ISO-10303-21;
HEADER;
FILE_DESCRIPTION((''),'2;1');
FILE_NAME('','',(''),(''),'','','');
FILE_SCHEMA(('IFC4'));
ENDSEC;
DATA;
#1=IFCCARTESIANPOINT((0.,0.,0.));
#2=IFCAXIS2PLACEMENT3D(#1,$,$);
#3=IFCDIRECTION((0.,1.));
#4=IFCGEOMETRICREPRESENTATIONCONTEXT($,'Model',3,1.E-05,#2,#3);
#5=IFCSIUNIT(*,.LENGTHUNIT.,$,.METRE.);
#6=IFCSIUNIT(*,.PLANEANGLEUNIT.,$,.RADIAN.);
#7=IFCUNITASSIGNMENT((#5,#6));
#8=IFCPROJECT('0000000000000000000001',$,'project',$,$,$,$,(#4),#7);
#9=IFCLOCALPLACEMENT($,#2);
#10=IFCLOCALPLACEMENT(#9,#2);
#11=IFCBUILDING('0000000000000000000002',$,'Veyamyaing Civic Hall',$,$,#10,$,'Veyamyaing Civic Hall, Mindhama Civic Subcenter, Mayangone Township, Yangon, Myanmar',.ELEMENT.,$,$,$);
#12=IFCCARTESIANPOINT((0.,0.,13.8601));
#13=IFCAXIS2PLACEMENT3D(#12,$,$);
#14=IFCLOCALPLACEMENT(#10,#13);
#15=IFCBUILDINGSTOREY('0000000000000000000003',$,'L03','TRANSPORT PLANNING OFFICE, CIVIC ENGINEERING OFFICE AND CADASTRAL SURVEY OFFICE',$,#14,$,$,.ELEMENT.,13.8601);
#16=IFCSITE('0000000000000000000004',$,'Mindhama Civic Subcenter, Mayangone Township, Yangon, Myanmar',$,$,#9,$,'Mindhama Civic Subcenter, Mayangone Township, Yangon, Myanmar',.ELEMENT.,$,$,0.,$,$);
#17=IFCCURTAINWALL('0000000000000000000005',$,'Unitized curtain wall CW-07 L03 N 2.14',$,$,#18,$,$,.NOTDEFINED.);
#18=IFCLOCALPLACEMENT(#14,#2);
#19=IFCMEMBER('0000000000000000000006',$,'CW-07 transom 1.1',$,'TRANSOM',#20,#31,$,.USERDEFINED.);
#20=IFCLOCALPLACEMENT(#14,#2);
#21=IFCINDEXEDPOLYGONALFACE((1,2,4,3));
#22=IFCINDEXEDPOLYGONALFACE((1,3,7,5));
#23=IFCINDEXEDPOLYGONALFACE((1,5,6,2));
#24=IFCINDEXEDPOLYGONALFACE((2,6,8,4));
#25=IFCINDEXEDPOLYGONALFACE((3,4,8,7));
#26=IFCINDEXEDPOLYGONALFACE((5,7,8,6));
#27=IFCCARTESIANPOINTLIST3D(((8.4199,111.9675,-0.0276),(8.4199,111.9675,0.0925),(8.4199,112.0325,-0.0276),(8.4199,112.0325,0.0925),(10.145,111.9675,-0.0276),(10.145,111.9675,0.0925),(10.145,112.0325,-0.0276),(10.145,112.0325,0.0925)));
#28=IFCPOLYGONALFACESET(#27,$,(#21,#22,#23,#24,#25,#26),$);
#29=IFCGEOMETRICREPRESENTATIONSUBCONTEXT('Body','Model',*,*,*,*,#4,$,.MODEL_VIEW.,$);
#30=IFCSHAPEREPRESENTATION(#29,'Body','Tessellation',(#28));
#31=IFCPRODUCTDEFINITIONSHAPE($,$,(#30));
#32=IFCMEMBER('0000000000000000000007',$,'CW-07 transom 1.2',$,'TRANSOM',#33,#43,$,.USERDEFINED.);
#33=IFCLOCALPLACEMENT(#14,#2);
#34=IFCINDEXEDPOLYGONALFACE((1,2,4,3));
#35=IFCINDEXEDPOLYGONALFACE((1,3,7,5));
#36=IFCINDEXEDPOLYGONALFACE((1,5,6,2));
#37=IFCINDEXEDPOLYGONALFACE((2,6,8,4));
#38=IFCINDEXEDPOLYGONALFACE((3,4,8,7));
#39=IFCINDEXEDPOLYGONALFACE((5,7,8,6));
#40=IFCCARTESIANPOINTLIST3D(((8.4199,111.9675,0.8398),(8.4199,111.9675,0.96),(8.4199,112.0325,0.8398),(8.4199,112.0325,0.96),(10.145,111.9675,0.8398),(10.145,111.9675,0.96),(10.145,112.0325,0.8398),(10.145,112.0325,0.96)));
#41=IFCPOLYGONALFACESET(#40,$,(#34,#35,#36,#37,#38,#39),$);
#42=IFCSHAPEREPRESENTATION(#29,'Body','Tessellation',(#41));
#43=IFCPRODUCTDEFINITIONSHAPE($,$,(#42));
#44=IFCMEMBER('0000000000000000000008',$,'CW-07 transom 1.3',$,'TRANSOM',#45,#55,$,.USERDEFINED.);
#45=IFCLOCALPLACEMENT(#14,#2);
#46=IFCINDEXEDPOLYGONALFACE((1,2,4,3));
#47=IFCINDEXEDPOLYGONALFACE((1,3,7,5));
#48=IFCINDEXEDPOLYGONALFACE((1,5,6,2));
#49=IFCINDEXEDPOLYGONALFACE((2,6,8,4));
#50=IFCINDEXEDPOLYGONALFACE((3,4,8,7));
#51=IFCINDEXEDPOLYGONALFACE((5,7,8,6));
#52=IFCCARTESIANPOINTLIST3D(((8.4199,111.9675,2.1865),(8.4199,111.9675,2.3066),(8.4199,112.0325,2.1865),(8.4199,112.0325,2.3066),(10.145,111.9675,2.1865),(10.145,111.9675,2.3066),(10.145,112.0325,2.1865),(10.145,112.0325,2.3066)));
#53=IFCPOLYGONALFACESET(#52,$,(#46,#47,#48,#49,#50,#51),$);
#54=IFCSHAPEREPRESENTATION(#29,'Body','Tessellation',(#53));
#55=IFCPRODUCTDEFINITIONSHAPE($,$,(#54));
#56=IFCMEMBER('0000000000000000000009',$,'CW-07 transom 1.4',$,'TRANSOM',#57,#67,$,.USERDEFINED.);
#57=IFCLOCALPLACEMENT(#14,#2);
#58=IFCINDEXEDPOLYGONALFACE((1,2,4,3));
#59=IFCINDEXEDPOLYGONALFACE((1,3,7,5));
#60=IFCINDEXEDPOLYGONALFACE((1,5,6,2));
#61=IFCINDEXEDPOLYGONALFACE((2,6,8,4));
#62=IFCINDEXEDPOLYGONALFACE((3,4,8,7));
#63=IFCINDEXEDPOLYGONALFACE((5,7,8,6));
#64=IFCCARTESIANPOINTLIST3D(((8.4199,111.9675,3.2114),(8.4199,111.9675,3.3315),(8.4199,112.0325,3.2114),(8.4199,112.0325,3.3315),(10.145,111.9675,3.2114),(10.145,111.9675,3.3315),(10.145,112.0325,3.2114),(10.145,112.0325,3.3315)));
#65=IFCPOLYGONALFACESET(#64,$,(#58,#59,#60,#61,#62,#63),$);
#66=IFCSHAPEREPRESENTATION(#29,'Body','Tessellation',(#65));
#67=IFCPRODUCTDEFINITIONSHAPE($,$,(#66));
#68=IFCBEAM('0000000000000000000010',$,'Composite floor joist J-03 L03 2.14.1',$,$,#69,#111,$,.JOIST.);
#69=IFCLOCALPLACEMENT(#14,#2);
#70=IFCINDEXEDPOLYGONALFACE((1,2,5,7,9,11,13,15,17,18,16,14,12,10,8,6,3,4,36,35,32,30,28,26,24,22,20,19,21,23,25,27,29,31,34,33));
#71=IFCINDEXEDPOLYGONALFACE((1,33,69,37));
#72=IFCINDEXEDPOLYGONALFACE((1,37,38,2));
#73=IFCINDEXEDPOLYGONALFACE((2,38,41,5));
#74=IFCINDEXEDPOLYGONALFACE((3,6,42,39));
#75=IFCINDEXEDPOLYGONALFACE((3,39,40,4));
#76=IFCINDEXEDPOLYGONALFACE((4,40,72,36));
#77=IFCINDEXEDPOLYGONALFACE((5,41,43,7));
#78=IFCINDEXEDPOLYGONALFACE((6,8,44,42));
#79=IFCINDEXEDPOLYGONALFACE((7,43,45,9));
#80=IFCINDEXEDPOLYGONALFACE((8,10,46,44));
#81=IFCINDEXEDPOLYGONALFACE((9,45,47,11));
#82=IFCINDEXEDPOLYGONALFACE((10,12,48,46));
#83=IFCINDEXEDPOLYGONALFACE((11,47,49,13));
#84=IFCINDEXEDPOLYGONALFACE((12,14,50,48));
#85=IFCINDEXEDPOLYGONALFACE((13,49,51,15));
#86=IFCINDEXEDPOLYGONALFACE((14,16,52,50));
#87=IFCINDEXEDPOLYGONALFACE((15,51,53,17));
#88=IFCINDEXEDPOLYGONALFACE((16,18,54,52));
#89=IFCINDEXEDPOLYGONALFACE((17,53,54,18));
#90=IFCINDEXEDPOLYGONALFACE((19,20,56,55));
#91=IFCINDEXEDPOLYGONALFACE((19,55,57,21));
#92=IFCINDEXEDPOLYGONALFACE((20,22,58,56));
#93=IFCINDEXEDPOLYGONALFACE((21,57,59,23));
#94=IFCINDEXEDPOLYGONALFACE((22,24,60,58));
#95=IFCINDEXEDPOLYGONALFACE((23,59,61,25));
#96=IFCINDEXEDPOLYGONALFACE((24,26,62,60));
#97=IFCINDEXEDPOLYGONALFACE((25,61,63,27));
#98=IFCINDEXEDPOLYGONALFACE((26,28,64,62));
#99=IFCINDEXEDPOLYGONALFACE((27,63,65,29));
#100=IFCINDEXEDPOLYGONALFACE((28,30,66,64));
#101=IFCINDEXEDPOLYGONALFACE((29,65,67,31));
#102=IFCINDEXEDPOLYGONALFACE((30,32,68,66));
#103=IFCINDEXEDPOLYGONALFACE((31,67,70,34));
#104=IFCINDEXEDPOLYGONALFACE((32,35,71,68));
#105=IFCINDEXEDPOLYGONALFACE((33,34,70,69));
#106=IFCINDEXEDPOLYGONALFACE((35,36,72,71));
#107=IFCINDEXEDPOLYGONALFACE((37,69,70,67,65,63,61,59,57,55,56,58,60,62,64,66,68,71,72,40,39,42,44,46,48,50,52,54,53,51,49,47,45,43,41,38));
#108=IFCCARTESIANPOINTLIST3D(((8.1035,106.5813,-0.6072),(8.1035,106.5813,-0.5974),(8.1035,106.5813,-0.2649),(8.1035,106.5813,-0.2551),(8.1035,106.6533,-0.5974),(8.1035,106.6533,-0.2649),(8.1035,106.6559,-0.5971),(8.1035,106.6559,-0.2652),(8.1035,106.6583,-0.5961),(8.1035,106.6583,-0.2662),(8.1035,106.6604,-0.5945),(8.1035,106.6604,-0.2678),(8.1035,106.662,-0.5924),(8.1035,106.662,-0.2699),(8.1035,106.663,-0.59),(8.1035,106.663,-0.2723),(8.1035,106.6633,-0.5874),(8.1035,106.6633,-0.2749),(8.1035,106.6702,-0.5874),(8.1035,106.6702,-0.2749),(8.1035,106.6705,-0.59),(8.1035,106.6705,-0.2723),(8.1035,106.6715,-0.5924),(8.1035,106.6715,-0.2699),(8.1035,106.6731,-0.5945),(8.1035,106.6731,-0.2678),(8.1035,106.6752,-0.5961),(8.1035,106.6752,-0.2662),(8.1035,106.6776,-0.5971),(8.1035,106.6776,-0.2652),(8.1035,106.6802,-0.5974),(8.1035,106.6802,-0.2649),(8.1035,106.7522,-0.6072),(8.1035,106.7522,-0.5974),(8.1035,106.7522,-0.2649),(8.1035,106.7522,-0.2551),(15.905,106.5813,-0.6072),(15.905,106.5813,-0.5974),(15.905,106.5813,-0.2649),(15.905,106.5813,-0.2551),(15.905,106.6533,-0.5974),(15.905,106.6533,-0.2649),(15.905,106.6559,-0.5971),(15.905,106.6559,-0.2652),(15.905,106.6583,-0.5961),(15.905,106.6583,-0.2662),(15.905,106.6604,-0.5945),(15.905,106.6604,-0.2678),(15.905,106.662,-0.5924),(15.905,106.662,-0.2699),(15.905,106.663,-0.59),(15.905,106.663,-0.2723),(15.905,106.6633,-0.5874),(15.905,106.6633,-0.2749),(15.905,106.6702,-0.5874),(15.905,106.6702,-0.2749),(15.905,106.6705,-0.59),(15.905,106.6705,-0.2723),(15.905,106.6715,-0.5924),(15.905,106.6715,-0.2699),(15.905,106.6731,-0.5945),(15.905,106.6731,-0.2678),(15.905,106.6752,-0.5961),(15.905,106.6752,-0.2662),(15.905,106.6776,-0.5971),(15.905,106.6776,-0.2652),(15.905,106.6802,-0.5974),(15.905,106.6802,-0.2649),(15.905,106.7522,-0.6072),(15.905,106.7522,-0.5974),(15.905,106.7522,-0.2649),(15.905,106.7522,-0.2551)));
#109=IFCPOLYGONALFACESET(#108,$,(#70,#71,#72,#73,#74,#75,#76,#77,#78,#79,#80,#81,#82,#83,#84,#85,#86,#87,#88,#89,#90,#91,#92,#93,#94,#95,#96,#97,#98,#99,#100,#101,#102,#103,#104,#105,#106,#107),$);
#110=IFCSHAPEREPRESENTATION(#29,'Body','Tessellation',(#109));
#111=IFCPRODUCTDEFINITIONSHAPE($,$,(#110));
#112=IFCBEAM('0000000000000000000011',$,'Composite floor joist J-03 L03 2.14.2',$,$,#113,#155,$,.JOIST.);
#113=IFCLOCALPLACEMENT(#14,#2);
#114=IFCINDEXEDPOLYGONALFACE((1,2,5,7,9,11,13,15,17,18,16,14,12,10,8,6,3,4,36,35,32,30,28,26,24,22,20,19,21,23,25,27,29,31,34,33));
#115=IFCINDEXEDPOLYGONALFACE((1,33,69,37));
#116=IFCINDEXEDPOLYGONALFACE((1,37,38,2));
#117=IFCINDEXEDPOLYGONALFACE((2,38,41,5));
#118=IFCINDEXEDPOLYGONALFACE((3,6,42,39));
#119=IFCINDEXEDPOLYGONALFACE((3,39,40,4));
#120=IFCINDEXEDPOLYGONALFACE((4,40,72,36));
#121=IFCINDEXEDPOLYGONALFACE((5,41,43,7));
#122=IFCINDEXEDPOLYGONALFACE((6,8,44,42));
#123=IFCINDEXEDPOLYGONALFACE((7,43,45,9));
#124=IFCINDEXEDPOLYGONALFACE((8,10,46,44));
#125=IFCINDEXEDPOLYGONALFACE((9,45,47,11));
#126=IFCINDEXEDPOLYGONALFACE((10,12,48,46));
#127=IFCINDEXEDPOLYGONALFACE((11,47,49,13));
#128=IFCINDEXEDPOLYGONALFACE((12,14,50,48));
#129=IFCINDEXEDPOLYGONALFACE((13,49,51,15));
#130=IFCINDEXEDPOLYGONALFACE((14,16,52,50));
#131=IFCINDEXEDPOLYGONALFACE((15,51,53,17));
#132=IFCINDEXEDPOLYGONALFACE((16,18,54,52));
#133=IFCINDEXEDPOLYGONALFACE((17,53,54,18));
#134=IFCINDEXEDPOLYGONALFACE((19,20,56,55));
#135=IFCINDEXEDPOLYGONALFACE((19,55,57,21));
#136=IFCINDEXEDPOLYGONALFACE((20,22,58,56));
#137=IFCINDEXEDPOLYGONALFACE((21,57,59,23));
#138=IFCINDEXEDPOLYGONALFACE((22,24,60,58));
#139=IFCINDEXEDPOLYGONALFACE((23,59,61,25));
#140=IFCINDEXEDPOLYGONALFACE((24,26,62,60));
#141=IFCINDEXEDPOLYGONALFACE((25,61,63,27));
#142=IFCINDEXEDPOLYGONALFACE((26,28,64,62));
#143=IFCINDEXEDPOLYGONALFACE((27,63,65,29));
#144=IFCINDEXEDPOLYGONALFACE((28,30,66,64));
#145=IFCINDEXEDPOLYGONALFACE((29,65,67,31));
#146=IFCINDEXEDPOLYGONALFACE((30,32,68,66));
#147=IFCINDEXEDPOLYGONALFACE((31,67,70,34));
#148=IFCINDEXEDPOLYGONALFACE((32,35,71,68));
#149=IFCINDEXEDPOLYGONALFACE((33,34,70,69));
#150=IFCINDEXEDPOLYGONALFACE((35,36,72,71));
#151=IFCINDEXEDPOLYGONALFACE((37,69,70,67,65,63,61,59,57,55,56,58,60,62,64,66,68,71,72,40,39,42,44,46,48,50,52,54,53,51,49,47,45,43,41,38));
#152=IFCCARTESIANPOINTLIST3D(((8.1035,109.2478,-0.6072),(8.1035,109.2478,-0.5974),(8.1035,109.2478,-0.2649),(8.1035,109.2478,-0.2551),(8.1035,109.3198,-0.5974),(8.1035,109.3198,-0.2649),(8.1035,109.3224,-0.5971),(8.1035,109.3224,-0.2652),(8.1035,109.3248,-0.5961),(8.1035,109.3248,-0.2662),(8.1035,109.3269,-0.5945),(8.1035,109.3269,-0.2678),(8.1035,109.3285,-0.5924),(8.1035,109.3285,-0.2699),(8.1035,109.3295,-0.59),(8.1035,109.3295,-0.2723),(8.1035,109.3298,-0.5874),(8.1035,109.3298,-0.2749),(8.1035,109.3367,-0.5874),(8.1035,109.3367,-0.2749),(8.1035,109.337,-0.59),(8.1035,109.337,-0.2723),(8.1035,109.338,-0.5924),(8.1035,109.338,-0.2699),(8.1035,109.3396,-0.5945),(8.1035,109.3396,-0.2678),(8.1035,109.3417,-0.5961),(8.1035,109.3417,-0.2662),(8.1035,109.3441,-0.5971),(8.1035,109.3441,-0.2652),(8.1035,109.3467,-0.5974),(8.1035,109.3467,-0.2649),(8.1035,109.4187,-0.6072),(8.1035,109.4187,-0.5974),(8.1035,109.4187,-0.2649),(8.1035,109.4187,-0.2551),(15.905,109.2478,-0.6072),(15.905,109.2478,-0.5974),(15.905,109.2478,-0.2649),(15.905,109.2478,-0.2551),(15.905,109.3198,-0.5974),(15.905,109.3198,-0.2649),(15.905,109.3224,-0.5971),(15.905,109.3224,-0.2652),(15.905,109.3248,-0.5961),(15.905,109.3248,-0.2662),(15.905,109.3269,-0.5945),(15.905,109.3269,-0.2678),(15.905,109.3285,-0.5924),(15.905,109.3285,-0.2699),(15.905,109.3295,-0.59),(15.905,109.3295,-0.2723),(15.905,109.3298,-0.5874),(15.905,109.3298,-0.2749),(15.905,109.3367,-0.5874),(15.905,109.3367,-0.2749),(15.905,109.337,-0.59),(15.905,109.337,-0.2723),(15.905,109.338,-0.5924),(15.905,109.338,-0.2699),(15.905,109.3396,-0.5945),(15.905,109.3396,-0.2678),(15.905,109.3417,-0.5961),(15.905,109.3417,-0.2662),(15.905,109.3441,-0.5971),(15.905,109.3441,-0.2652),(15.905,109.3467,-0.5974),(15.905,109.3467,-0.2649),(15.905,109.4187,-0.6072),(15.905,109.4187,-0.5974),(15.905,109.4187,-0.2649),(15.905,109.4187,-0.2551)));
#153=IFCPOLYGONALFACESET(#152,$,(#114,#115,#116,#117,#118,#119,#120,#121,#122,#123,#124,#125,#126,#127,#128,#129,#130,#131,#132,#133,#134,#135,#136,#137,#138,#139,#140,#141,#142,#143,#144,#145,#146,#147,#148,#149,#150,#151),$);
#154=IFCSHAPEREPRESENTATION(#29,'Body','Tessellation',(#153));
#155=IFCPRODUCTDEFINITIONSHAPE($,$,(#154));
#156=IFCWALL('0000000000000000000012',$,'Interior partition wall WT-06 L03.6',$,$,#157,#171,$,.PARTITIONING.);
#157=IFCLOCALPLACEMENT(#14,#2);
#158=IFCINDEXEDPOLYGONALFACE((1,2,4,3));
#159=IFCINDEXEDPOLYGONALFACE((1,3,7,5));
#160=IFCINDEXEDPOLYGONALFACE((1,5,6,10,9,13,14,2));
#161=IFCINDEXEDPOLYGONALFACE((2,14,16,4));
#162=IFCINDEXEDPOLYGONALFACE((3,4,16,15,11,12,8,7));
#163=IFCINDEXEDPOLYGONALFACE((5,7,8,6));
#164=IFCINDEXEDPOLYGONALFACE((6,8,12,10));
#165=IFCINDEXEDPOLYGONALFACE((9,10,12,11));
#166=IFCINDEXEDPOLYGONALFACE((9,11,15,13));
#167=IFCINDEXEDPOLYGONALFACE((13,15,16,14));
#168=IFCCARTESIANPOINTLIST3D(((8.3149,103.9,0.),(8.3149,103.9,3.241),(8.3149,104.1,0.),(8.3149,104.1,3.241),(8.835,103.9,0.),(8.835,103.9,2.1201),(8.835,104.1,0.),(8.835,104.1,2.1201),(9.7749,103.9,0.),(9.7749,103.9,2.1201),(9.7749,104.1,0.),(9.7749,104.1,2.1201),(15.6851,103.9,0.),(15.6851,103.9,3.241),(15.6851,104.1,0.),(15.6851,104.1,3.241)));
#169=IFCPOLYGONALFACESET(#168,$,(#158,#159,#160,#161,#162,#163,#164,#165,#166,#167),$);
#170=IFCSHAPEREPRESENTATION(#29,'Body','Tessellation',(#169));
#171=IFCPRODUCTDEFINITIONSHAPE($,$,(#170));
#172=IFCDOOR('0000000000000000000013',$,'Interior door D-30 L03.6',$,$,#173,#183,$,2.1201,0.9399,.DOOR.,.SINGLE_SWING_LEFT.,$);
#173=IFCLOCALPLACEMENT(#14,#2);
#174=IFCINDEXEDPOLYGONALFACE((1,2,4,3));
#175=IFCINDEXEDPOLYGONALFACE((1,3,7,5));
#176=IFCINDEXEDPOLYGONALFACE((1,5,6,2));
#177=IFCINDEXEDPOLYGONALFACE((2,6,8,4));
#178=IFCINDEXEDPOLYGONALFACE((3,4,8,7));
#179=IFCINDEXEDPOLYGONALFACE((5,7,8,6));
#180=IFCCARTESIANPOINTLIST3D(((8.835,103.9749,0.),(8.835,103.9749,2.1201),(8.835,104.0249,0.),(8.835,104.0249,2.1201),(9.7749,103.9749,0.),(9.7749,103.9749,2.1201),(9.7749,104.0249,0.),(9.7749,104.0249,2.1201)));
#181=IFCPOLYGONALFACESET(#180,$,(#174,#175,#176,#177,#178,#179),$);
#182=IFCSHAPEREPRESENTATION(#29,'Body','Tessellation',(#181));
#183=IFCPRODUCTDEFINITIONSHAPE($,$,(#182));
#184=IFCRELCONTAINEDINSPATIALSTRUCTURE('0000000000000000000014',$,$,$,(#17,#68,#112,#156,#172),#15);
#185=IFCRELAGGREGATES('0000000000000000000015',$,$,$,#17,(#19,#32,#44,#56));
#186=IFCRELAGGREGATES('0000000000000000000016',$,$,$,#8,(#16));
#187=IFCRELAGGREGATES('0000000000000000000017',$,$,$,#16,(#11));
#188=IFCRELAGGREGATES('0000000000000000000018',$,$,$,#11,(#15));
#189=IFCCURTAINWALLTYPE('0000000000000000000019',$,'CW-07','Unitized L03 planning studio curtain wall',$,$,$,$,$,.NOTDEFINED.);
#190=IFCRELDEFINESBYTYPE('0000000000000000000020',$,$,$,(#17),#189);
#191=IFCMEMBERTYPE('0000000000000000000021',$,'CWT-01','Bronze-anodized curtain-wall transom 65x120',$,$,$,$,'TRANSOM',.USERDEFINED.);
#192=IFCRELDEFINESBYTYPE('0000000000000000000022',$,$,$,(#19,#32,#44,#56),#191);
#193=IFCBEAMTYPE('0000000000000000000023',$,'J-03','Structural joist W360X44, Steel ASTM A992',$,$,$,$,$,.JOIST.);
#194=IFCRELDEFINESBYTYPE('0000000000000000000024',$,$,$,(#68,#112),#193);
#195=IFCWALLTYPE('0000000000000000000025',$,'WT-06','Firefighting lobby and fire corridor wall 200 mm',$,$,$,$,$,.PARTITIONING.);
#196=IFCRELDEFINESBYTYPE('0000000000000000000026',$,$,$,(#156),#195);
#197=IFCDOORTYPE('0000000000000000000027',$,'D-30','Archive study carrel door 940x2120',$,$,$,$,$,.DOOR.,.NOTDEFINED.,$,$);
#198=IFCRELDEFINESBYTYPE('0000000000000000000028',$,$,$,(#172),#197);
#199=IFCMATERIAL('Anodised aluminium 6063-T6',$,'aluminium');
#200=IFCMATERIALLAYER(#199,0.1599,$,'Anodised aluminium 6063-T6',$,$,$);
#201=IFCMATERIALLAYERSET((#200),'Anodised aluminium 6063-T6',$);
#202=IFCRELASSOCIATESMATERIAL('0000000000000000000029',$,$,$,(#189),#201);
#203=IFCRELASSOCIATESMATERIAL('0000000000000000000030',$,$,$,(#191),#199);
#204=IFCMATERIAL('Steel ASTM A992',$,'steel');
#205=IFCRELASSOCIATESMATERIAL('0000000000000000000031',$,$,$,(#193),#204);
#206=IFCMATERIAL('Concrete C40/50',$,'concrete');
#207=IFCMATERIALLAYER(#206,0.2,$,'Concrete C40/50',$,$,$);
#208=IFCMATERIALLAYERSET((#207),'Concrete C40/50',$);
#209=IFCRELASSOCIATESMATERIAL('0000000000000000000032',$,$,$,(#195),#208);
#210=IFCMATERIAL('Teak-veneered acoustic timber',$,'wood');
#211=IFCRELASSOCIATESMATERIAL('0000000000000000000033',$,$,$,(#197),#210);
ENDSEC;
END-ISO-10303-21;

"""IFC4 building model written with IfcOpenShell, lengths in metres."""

from ifc_helpers import new_model, si_unit, direction, frame, frame_2d, origin, origin_2d, place, context, subcontext, project, spatial, rectangle, i_section, extrude, material, layer, layer_set, material_profile, profile_set, type_object, element, fill, aggregate, save


model = new_model("IFC4")

# Units and contexts
model_context = context("Model", 3, precision=1e-05, world=origin(), true_north=direction((0.0, 1.0)))
body_context = subcontext(model_context, "Body", "Model", "MODEL_VIEW")
ifc_project = project(units=[si_unit("LENGTHUNIT", "METRE"), si_unit("PLANEANGLEUNIT", "RADIAN")], contexts=[model_context])

# Site, building, storey
site_placement = place(None, origin())
site = spatial("IfcSite", under=ifc_project, at=site_placement, Name="Mindhama Civic Subcenter, Mayangone Township, Yangon, Myanmar", LongName="Mindhama Civic Subcenter, Mayangone Township, Yangon, Myanmar", CompositionType="ELEMENT", RefElevation=0.0)
building_placement = place(site_placement, origin())
building = spatial("IfcBuilding", under=site, at=building_placement, Name="Veyamyaing Civic Hall", LongName="Veyamyaing Civic Hall, Mindhama Civic Subcenter, Mayangone Township, Yangon, Myanmar", CompositionType="ELEMENT")
storey_placement = place(building_placement, frame((0.0, 0.0, 13.8601)))
storey = spatial("IfcBuildingStorey", under=building, at=storey_placement, Name="L03", Description="TRANSPORT PLANNING OFFICE, CIVIC ENGINEERING OFFICE AND CADASTRAL SURVEY OFFICE", CompositionType="ELEMENT", Elevation=13.8601)

# Shared definitions
ifc_material_1 = material(Name="Steel ASTM A992", Category="steel")

# Curtain wall, members
ifc_material_2 = material(Name="Anodised aluminium 6063-T6", Category="aluminium")
ifc_layer_1 = layer(ifc_material_2, 0.1599, Name="Anodised aluminium 6063-T6")
ifc_layer_set_1 = layer_set([ifc_layer_1], Name="Anodised aluminium 6063-T6")
curtain_wall_type = type_object("IfcCurtainWallType", Name="CW-07", Description="Unitized L03 planning studio curtain wall", PredefinedType="NOTDEFINED", material=ifc_layer_set_1)
curtain_wall_placement = place(storey_placement, origin())
curtain_wall = element("IfcCurtainWall", 1, at=curtain_wall_placement, inside=storey, type_object=curtain_wall_type, Name="Unitized curtain wall CW-07 L03 N 2.14", PredefinedType="NOTDEFINED")
ifc_material_profile_1 = material_profile(ifc_material_2, rectangle(XDim=0.0649, YDim=0.1201, at=origin_2d()), Name="ALU-TRN-65X120")
ifc_profile_set_1 = profile_set([ifc_material_profile_1], Name="Anodised aluminium 6063-T6")
member_type_1 = type_object("IfcMemberType", Name="CWT-01", Description="Bronze-anodized curtain-wall transom 65x120", ElementType="TRANSOM", PredefinedType="USERDEFINED", material=ifc_profile_set_1)
member_1_placement = place(storey_placement, frame((8.4199, 112.0, 0.0325), z_axis=(1.0, 0.0, 0.0), x_axis=(0.0, 1.0, 0.0)))
member_1 = element("IfcMember", 2, at=member_1_placement, type_object=member_type_1, Name="CW-07 transom 1.1", ObjectType="TRANSOM", PredefinedType="USERDEFINED", context=body_context, shape_type="SweptSolid", body=[
    extrude(rectangle(XDim=0.0649, YDim=0.1201, at=origin_2d()), origin(), (0.0, 0.0, 1.0), 1.7251),
])
member_2_placement = place(storey_placement, frame((8.4199, 112.0, 0.8999), z_axis=(1.0, 0.0, 0.0), x_axis=(0.0, 1.0, 0.0)))
member_2 = element("IfcMember", 3, at=member_2_placement, type_object=member_type_1, Name="CW-07 transom 1.2", ObjectType="TRANSOM", PredefinedType="USERDEFINED", context=body_context, shape_type="SweptSolid", body=[
    extrude(rectangle(XDim=0.0649, YDim=0.1201, at=origin_2d()), origin(), (0.0, 0.0, 1.0), 1.7251),
])
member_3_placement = place(storey_placement, frame((8.4199, 112.0, 2.2466), z_axis=(1.0, 0.0, 0.0), x_axis=(0.0, 1.0, 0.0)))
member_3 = element("IfcMember", 4, at=member_3_placement, type_object=member_type_1, Name="CW-07 transom 1.3", ObjectType="TRANSOM", PredefinedType="USERDEFINED", context=body_context, shape_type="SweptSolid", body=[
    extrude(rectangle(XDim=0.0649, YDim=0.1201, at=origin_2d()), origin(), (0.0, 0.0, 1.0), 1.7251),
])
member_4_placement = place(storey_placement, frame((8.4199, 112.0, 3.2715), z_axis=(1.0, 0.0, 0.0), x_axis=(0.0, 1.0, 0.0)))
member_4 = element("IfcMember", 5, at=member_4_placement, type_object=member_type_1, Name="CW-07 transom 1.4", ObjectType="TRANSOM", PredefinedType="USERDEFINED", context=body_context, shape_type="SweptSolid", body=[
    extrude(rectangle(XDim=0.0649, YDim=0.1201, at=origin_2d()), origin(), (0.0, 0.0, 1.0), 1.7251),
])
aggregate(curtain_wall, [member_1, member_2, member_3, member_4])

# Beams
ifc_material_profile_2 = material_profile(ifc_material_1, i_section(OverallWidth=0.1709, OverallDepth=0.3521, WebThickness=0.0068, FlangeThickness=0.0098, FilletRadius=0.01, at=origin_2d()), Name="W360X44")
ifc_profile_set_2 = profile_set([ifc_material_profile_2], Name="Steel ASTM A992")
beam_type_1 = type_object("IfcBeamType", Name="J-03", Description="Structural joist W360X44, Steel ASTM A992", PredefinedType="JOIST", material=ifc_profile_set_2)
for number, where, z_axis, x_axis, name in (
    (6, (8.1035, 106.6667, -0.4312), (1.0, 0.0, 0.0), (0.0, 1.0, 0.0), "Composite floor joist J-03 L03 2.14.1"),
    (7, (8.1035, 109.3333, -0.4312), (1.0, 0.0, 0.0), (0.0, 1.0, 0.0), "Composite floor joist J-03 L03 2.14.2"),
):
    element("IfcBeam", number, at=place(storey_placement, frame(where, z_axis=z_axis, x_axis=x_axis)), inside=storey, type_object=beam_type_1, Name=name, PredefinedType="JOIST", context=body_context, shape_type="SweptSolid", body=[
        extrude(i_section(OverallWidth=0.1709, OverallDepth=0.3521, WebThickness=0.0068, FlangeThickness=0.0098, FilletRadius=0.01, at=origin_2d()), origin(), (0.0, 0.0, 1.0), 7.8015),
    ])

# Wall, opening, door
ifc_material_3 = material(Name="Concrete C40/50", Category="concrete")
ifc_layer_2 = layer(ifc_material_3, 0.2, Name="Concrete C40/50")
ifc_layer_set_2 = layer_set([ifc_layer_2], Name="Concrete C40/50")
wall_type_1 = type_object("IfcWallType", Name="WT-06", Description="Firefighting lobby and fire corridor wall 200 mm", PredefinedType="PARTITIONING", material=ifc_layer_set_2)
wall_1_placement = place(storey_placement, frame((8.3149, 104.0, 0.0), z_axis=(0.0, 0.0, 1.0), x_axis=(1.0, 0.0, 0.0)))
wall_1 = element("IfcWall", 8, at=wall_1_placement, inside=storey, type_object=wall_type_1, Name="Interior partition wall WT-06 L03.6", PredefinedType="PARTITIONING", context=body_context, shape_type="SweptSolid", body=[
    extrude(rectangle(XDim=7.3701, YDim=0.2, at=frame_2d((3.6851, 0.0))), origin(), (0.0, 0.0, 1.0), 3.241),
])
opening_placement = place(wall_1_placement, frame((0.52, 0.0, 0.0)))
opening = element("IfcOpeningElement", 9, at=opening_placement, cuts=wall_1, PredefinedType="OPENING", context=body_context, shape_type="SweptSolid", body=[
    extrude(rectangle(XDim=0.9399, YDim=2.1201, at=frame_2d((0.47, 1.0601))), frame((0.0, 0.1099, 0.0), z_axis=(0.0, -1.0, 0.0), x_axis=(1.0, 0.0, 0.0)), (0.0, 0.0, 1.0), 0.22),
])
ifc_material_4 = material(Name="Teak-veneered acoustic timber", Category="wood")
door_type = type_object("IfcDoorType", Name="D-30", Description="Archive study carrel door 940x2120", OperationType="NOTDEFINED", PredefinedType="DOOR", material=ifc_material_4)
door_placement = place(opening_placement, origin())
door = element("IfcDoor", 10, at=door_placement, inside=storey, type_object=door_type, Name="Interior door D-30 L03.6", OperationType="SINGLE_SWING_LEFT", OverallHeight=2.1201, OverallWidth=0.9399, PredefinedType="DOOR", context=body_context, shape_type="SweptSolid", body=[
    extrude(rectangle(XDim=0.9399, YDim=2.1201, at=frame_2d((0.47, 1.0601))), frame((0.0, 0.0249, 0.0), z_axis=(0.0, -1.0, 0.0), x_axis=(1.0, 0.0, 0.0)), (0.0, 0.0, 1.0), 0.05),
])
fill(opening, door)

save(model, "model.ifc")
